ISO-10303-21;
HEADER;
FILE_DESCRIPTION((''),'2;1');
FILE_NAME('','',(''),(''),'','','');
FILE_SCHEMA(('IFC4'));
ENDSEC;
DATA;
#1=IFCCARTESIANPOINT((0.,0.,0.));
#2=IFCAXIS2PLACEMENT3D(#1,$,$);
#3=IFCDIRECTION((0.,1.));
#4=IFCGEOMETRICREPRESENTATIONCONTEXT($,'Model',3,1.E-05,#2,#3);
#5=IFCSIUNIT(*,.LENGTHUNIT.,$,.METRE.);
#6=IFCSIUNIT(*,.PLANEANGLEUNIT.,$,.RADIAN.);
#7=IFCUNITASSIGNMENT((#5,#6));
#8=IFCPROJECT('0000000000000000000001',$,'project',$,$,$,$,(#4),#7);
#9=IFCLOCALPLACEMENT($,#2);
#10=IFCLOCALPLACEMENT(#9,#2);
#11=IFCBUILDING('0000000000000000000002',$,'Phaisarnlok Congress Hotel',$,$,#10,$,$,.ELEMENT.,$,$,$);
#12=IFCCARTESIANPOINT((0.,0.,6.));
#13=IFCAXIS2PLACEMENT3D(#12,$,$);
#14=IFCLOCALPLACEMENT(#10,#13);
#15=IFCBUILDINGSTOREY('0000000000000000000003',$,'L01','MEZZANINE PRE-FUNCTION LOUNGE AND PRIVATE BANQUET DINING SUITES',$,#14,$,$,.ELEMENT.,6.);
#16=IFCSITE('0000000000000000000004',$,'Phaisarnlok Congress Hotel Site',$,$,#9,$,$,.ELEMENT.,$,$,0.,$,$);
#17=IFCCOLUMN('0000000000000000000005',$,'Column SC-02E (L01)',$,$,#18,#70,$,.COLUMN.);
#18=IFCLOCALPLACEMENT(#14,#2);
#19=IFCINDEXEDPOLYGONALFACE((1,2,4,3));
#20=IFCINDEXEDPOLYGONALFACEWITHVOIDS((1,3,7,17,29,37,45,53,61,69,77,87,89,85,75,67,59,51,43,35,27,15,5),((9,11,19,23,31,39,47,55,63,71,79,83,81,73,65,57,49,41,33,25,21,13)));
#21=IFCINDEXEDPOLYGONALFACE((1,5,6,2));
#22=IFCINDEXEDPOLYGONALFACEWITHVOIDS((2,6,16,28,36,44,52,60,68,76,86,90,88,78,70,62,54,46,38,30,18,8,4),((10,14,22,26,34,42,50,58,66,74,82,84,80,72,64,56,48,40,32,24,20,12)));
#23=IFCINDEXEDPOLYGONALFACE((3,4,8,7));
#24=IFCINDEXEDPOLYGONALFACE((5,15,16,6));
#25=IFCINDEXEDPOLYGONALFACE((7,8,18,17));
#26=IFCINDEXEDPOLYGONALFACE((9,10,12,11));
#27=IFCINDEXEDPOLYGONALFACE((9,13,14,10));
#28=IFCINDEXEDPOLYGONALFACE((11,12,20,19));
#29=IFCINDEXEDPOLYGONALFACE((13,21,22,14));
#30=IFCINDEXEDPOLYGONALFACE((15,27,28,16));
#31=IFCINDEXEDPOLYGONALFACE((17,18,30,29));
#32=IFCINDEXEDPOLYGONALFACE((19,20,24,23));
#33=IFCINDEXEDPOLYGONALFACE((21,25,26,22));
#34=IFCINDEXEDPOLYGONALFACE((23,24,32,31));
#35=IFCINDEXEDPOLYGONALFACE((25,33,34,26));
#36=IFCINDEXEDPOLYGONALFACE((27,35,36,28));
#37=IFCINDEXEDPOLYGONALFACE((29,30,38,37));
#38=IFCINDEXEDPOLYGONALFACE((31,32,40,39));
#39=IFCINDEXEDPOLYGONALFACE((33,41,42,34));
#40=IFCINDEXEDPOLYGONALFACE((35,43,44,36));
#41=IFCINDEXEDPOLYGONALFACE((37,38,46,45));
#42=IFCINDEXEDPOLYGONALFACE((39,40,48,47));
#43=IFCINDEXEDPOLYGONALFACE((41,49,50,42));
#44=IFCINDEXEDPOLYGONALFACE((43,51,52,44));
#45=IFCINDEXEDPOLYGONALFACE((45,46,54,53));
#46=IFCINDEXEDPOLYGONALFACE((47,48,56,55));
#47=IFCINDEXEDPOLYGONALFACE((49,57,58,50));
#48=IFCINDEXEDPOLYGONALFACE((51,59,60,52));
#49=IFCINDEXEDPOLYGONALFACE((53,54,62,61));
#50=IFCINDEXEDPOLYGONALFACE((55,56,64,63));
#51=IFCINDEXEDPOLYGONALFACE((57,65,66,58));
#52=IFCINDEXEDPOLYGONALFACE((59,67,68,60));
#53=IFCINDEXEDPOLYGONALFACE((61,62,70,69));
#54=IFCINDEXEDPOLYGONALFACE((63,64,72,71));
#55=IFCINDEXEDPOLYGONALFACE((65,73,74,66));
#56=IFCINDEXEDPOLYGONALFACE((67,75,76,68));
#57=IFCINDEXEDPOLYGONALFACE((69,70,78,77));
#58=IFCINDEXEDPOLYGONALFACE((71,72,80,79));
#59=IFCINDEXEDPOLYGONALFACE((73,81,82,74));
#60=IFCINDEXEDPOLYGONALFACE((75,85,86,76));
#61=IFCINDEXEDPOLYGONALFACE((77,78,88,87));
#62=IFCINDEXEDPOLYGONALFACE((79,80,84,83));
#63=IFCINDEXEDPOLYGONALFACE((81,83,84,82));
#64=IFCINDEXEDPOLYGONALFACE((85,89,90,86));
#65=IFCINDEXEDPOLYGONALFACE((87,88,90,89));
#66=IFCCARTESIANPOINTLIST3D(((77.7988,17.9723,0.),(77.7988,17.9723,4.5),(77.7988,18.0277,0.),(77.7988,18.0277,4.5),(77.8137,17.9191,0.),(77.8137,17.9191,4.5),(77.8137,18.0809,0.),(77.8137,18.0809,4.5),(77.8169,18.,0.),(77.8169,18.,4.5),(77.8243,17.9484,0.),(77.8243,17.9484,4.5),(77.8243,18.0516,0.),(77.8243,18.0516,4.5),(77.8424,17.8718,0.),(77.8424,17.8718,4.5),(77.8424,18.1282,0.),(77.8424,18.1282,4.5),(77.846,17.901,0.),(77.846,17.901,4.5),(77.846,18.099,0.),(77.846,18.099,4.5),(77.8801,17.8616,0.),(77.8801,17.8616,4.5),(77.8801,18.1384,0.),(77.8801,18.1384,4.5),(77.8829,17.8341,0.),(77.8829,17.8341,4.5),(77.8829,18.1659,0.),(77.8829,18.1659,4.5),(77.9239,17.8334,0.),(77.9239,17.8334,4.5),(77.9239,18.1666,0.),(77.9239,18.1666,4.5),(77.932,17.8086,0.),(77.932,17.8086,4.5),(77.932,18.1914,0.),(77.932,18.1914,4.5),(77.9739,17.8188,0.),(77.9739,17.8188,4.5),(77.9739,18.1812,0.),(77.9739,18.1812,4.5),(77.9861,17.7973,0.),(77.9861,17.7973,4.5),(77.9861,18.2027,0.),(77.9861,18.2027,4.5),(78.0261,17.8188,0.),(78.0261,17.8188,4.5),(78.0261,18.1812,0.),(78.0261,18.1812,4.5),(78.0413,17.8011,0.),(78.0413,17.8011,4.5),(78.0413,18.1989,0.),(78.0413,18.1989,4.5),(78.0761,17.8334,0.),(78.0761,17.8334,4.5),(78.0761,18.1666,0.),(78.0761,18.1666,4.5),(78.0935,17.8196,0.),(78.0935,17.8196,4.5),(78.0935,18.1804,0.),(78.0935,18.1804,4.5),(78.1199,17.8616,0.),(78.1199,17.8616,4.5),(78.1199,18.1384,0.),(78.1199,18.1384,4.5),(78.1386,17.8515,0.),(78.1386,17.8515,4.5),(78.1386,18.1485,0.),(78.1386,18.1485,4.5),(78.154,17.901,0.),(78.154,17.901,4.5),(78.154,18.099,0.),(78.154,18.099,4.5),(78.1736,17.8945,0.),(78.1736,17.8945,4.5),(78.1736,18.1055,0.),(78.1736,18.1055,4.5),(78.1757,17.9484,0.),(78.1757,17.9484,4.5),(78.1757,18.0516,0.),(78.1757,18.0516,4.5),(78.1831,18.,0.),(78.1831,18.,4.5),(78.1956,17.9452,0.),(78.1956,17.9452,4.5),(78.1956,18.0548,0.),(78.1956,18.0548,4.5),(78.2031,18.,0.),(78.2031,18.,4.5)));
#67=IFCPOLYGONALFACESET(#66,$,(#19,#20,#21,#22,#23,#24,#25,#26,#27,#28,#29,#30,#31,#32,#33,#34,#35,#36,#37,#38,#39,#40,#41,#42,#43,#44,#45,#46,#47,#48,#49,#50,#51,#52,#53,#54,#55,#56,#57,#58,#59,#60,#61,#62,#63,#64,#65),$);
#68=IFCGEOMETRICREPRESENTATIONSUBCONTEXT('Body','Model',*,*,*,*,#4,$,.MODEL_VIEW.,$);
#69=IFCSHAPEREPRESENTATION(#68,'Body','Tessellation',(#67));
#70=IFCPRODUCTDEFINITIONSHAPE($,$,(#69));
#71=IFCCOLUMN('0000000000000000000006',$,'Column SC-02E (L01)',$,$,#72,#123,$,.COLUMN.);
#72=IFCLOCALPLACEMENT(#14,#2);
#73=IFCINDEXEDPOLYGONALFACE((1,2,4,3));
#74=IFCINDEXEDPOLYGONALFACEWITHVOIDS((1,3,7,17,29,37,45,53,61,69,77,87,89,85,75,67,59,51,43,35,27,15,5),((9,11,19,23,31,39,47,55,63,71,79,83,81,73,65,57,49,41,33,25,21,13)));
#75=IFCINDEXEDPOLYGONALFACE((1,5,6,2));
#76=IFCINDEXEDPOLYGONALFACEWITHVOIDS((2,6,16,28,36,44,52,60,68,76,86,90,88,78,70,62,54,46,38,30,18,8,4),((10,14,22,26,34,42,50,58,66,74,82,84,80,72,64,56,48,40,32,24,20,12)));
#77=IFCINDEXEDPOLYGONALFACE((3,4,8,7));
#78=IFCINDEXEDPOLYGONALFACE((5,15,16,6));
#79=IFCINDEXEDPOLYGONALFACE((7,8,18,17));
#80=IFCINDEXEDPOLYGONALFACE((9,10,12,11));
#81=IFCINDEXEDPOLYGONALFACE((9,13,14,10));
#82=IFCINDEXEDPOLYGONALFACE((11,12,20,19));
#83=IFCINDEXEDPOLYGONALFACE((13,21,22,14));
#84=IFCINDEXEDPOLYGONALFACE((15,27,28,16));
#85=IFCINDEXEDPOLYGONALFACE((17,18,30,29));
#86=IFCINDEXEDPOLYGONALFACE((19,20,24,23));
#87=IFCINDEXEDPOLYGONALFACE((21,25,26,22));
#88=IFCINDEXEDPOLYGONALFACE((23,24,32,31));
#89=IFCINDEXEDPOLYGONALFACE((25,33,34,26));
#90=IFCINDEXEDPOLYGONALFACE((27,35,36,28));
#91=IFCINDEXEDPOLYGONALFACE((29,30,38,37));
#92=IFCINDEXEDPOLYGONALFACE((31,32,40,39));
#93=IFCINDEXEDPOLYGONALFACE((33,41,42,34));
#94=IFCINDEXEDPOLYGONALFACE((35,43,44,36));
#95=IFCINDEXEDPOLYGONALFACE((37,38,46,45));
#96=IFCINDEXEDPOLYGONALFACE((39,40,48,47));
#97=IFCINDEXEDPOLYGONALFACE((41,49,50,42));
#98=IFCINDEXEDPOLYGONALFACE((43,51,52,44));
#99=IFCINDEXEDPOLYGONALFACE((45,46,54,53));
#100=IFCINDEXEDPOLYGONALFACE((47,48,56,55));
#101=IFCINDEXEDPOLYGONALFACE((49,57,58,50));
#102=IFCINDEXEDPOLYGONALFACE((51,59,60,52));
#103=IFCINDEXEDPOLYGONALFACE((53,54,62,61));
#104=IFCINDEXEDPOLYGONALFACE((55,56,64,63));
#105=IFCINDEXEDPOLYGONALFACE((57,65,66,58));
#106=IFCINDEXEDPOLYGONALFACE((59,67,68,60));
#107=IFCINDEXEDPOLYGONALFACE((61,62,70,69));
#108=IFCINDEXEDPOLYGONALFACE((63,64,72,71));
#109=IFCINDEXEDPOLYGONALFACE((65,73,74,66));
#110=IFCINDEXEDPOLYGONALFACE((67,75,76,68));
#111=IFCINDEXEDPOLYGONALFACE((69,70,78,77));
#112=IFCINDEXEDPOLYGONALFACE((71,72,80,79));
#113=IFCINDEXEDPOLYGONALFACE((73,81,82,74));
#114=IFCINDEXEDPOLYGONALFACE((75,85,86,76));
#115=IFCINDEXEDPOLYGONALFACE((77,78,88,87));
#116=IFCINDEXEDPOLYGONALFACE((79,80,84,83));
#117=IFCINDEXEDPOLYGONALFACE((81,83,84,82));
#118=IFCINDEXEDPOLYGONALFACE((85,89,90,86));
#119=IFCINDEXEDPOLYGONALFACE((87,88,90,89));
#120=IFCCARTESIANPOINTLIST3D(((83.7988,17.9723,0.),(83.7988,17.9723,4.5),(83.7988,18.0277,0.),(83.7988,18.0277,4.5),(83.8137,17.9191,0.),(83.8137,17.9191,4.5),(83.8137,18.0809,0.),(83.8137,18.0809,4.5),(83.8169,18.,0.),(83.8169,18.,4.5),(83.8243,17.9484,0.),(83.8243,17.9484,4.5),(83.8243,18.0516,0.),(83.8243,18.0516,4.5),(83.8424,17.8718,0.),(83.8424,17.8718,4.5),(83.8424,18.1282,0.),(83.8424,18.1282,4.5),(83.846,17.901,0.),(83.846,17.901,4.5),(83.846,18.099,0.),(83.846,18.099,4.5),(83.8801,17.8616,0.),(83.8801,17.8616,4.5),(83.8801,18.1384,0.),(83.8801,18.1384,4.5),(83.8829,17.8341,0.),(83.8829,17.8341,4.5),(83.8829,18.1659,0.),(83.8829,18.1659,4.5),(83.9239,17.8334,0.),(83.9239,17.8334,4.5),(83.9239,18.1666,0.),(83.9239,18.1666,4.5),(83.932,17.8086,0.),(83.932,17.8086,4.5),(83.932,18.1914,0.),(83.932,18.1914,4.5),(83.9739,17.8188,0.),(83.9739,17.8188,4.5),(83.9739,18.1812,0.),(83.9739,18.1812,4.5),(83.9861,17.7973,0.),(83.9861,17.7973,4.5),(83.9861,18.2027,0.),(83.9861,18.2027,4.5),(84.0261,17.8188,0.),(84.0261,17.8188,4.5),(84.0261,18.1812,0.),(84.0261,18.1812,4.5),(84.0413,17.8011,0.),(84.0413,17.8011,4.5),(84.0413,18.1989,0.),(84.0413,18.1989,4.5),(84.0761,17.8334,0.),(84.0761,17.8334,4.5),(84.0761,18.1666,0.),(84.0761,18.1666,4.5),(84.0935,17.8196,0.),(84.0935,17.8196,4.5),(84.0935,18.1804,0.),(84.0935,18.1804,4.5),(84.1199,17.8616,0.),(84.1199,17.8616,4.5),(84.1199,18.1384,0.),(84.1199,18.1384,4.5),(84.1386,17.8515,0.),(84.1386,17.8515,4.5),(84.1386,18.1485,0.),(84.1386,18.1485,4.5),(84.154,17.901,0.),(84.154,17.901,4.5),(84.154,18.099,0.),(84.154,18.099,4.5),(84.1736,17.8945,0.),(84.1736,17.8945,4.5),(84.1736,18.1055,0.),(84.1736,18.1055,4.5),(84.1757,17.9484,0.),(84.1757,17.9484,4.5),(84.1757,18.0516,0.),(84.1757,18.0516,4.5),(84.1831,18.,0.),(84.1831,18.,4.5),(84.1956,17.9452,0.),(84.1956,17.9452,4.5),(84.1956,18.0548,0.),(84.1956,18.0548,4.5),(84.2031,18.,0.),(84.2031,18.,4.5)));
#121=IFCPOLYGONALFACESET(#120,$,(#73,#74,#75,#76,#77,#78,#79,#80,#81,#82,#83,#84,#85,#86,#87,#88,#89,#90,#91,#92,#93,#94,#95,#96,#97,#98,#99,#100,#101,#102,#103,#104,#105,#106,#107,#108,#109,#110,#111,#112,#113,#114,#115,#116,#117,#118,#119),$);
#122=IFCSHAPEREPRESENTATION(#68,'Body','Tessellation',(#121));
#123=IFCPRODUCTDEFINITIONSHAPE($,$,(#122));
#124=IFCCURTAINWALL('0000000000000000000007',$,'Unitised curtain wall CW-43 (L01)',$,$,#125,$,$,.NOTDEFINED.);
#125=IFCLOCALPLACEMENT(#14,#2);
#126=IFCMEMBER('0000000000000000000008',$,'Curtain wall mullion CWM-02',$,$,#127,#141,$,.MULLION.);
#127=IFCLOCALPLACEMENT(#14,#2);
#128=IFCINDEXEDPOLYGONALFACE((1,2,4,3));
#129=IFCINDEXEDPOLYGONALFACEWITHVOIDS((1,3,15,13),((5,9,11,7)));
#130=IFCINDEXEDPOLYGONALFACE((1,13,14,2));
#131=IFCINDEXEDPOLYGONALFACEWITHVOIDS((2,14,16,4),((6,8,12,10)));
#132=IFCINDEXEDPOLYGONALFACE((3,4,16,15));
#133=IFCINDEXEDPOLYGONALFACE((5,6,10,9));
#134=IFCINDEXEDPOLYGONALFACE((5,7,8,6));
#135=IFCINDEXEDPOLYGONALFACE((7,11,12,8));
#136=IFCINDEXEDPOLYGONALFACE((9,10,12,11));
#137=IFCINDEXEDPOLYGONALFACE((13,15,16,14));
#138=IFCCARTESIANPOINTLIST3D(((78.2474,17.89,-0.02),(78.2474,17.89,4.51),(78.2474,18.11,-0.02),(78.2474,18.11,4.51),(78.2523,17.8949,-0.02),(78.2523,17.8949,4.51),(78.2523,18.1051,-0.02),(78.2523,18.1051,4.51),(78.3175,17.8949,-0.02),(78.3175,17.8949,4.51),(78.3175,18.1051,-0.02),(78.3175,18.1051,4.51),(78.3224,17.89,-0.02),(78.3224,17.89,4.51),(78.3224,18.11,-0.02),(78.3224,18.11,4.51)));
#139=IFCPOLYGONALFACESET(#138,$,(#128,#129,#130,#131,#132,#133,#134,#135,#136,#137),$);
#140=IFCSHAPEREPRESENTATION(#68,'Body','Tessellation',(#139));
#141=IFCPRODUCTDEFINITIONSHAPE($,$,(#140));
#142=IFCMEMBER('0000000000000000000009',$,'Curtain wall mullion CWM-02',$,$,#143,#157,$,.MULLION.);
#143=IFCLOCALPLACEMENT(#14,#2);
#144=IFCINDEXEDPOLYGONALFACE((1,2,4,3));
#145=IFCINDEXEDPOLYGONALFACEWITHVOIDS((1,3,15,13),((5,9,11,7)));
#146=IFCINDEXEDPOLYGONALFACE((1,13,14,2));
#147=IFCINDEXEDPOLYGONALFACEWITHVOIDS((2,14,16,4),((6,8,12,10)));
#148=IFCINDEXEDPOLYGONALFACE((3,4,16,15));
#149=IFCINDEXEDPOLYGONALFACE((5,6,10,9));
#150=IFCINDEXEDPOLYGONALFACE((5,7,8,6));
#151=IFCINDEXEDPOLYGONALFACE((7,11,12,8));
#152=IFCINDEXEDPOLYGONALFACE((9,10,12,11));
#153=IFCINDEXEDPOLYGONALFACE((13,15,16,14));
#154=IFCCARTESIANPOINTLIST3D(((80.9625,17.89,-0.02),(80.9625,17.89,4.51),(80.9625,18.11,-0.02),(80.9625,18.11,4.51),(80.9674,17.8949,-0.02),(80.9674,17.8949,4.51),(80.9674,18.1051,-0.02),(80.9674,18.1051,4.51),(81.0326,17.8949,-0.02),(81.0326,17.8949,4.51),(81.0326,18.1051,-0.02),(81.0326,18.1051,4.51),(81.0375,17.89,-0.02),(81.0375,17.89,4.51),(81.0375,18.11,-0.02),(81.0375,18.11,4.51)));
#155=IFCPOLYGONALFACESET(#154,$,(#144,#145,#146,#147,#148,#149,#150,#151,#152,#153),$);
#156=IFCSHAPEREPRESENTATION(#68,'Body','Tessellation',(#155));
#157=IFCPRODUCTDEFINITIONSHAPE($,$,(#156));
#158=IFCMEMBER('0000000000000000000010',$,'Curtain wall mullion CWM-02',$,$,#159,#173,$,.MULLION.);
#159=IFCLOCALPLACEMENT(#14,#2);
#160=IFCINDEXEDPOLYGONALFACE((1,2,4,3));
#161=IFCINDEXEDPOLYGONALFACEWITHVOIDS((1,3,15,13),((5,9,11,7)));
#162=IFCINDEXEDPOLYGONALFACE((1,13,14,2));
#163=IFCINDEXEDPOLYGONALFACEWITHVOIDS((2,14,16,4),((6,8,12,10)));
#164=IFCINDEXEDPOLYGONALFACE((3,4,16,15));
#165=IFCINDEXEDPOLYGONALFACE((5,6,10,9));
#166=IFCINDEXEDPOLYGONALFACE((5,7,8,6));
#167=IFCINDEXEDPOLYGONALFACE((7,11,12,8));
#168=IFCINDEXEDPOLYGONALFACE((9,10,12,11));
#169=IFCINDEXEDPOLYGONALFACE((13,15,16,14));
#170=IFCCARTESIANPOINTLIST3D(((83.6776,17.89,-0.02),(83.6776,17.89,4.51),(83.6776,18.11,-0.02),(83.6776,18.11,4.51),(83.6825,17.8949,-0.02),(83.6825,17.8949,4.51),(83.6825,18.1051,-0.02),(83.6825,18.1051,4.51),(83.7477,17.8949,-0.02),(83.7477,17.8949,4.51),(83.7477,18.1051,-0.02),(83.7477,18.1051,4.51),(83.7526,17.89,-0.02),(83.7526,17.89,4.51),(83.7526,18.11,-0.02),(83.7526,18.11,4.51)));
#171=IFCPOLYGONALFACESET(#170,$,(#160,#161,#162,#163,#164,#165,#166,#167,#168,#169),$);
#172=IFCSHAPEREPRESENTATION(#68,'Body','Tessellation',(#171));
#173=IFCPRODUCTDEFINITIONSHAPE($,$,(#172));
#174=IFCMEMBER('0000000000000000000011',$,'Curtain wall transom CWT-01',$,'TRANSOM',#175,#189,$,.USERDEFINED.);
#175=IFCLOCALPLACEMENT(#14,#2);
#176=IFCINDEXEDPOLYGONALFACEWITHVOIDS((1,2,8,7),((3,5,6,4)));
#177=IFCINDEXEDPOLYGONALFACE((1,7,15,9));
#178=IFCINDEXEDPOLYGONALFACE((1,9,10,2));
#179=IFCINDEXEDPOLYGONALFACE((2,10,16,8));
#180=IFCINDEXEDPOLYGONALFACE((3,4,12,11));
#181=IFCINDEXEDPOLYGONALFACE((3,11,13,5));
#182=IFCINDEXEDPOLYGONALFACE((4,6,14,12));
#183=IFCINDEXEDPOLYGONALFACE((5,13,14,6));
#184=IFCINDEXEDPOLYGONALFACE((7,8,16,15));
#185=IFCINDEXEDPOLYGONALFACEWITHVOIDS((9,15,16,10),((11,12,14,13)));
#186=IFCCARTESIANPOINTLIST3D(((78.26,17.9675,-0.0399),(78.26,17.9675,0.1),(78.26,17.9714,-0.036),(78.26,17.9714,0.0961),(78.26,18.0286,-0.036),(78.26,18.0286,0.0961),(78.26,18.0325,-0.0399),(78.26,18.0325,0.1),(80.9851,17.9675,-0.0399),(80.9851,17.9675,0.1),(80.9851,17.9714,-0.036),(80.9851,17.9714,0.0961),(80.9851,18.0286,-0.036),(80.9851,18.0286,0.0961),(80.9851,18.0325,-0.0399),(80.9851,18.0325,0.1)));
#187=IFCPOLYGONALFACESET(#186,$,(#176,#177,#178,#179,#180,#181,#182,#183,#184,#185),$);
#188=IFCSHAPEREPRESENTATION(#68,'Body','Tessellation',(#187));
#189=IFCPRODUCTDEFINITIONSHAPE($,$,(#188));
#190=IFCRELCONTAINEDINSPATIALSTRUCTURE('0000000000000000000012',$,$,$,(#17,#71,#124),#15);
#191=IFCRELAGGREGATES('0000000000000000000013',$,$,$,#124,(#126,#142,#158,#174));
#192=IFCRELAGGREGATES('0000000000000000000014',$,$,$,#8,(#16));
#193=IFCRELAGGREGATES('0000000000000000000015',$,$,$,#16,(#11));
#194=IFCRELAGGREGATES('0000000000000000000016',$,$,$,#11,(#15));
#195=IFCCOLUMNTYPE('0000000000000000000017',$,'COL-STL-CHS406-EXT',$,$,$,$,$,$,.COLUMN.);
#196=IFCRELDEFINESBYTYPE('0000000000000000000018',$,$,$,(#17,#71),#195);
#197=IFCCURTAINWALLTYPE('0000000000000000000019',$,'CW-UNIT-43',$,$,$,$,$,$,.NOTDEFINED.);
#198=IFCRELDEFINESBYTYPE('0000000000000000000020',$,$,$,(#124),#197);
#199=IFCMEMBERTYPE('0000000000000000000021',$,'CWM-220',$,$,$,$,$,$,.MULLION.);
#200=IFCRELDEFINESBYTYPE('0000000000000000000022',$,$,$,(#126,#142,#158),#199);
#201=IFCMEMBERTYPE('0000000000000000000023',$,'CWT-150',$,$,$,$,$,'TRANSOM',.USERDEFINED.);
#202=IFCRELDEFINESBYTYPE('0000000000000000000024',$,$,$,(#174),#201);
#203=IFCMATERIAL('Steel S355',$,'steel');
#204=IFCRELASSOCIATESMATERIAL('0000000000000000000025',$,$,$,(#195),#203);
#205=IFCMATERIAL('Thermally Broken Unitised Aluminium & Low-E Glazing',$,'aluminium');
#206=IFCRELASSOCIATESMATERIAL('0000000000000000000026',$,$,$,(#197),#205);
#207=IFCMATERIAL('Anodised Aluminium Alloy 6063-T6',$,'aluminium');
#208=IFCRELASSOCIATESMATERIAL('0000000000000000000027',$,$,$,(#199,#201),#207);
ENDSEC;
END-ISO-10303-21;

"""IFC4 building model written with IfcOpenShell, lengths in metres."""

from ifc_helpers import new_model, si_unit, direction, frame, origin, origin_2d, place, context, subcontext, project, spatial, hollow_rectangle, hollow_circle, extrude, material, material_profile, profile_set, type_object, element, aggregate, save


model = new_model("IFC4")

# Units and contexts
model_context = context("Model", 3, precision=1e-05, world=origin(), true_north=direction((0.0, 1.0)))
body_context = subcontext(model_context, "Body", "Model", "MODEL_VIEW")
ifc_project = project(units=[si_unit("LENGTHUNIT", "METRE"), si_unit("PLANEANGLEUNIT", "RADIAN")], contexts=[model_context])

# Site, building, storey
site_placement = place(None, origin())
site = spatial("IfcSite", under=ifc_project, at=site_placement, Name="Phaisarnlok Congress Hotel Site", CompositionType="ELEMENT", RefElevation=0.0)
building_placement = place(site_placement, origin())
building = spatial("IfcBuilding", under=site, at=building_placement, Name="Phaisarnlok Congress Hotel", CompositionType="ELEMENT")
storey_placement = place(building_placement, frame((0.0, 0.0, 6.0)))
storey = spatial("IfcBuildingStorey", under=building, at=storey_placement, Name="L01", Description="MEZZANINE PRE-FUNCTION LOUNGE AND PRIVATE BANQUET DINING SUITES", CompositionType="ELEMENT", Elevation=6.0)

# Columns
ifc_material_1 = material(Name="Steel S355", Category="steel")
ifc_material_profile_1 = material_profile(ifc_material_1, hollow_circle(Radius=0.2031, WallThickness=0.02, at=origin_2d()), Name="CHS 406.4x20")
ifc_profile_set_1 = profile_set([ifc_material_profile_1], Name="Steel S355")
column_type = type_object("IfcColumnType", Name="COL-STL-CHS406-EXT", PredefinedType="COLUMN", material=ifc_profile_set_1)
for number, where, z_axis, x_axis, name in (
    (1, (78.0, 18.0, 0.0), (0.0, 0.0, 1.0), (1.0, 0.0, 0.0), "Column SC-02E (L01)"),
    (2, (84.0, 18.0, 0.0), (0.0, 0.0, 1.0), (1.0, 0.0, 0.0), "Column SC-02E (L01)"),
):
    element("IfcColumn", number, at=place(storey_placement, frame(where, z_axis=z_axis, x_axis=x_axis)), inside=storey, type_object=column_type, Name=name, PredefinedType="COLUMN", context=body_context, shape_type="SweptSolid", body=[
        extrude(hollow_circle(Radius=0.2031, WallThickness=0.02, at=origin_2d()), origin(), (0.0, 0.0, 1.0), 4.5),
    ])

# Curtain wall, members
ifc_material_2 = material(Name="Thermally Broken Unitised Aluminium & Low-E Glazing", Category="aluminium")
curtain_wall_type = type_object("IfcCurtainWallType", Name="CW-UNIT-43", PredefinedType="NOTDEFINED", material=ifc_material_2)
curtain_wall_1_placement = place(storey_placement, origin())
curtain_wall_1 = element("IfcCurtainWall", 3, at=curtain_wall_1_placement, inside=storey, type_object=curtain_wall_type, Name="Unitised curtain wall CW-43 (L01)", PredefinedType="NOTDEFINED")
ifc_material_3 = material(Name="Anodised Aluminium Alloy 6063-T6", Category="aluminium")
ifc_material_profile_2 = material_profile(ifc_material_3, hollow_rectangle(XDim=0.075, YDim=0.22, WallThickness=0.0049, at=origin_2d()), Name="ALU-M 75x220x5")
ifc_profile_set_2 = profile_set([ifc_material_profile_2], Name="Anodised Aluminium Alloy 6063-T6")
member_type_1 = type_object("IfcMemberType", Name="CWM-220", PredefinedType="MULLION", material=ifc_profile_set_2)
member_1_placement = place(storey_placement, frame((78.2849, 18.0, -0.02), z_axis=(0.0, 0.0, 1.0), x_axis=(1.0, 0.0, 0.0)))
member_1 = element("IfcMember", 4, at=member_1_placement, type_object=member_type_1, Name="Curtain wall mullion CWM-02", PredefinedType="MULLION", context=body_context, shape_type="SweptSolid", body=[
    extrude(hollow_rectangle(XDim=0.075, YDim=0.22, WallThickness=0.0049, at=origin_2d()), origin(), (0.0, 0.0, 1.0), 4.53),
])
member_2_placement = place(storey_placement, frame((81.0, 18.0, -0.02), z_axis=(0.0, 0.0, 1.0), x_axis=(1.0, 0.0, 0.0)))
member_2 = element("IfcMember", 5, at=member_2_placement, type_object=member_type_1, Name="Curtain wall mullion CWM-02", PredefinedType="MULLION", context=body_context, shape_type="SweptSolid", body=[
    extrude(hollow_rectangle(XDim=0.075, YDim=0.22, WallThickness=0.0049, at=origin_2d()), origin(), (0.0, 0.0, 1.0), 4.53),
])
member_3_placement = place(storey_placement, frame((83.7151, 18.0, -0.02), z_axis=(0.0, 0.0, 1.0), x_axis=(1.0, 0.0, 0.0)))
member_3 = element("IfcMember", 6, at=member_3_placement, type_object=member_type_1, Name="Curtain wall mullion CWM-02", PredefinedType="MULLION", context=body_context, shape_type="SweptSolid", body=[
    extrude(hollow_rectangle(XDim=0.075, YDim=0.22, WallThickness=0.0049, at=origin_2d()), origin(), (0.0, 0.0, 1.0), 4.53),
])
ifc_material_profile_3 = material_profile(ifc_material_3, hollow_rectangle(XDim=0.0649, YDim=0.1399, WallThickness=0.0039, at=origin_2d()), Name="ALU-T 65x140x4")
ifc_profile_set_3 = profile_set([ifc_material_profile_3], Name="Anodised Aluminium Alloy 6063-T6")
member_type_2 = type_object("IfcMemberType", Name="CWT-150", ElementType="TRANSOM", PredefinedType="USERDEFINED", material=ifc_profile_set_3)
member_4_placement = place(storey_placement, frame((78.26, 18.0, 0.03), z_axis=(1.0, 0.0, 0.0), x_axis=(0.0, 1.0, 0.0)))
member_4 = element("IfcMember", 7, at=member_4_placement, type_object=member_type_2, Name="Curtain wall transom CWT-01", ObjectType="TRANSOM", PredefinedType="USERDEFINED", context=body_context, shape_type="SweptSolid", body=[
    extrude(hollow_rectangle(XDim=0.0649, YDim=0.1399, WallThickness=0.0039, at=origin_2d()), origin(), (0.0, 0.0, 1.0), 2.7251),
])

aggregate(curtain_wall_1, [member_1, member_2, member_3, member_4])

save(model, "model.ifc")
